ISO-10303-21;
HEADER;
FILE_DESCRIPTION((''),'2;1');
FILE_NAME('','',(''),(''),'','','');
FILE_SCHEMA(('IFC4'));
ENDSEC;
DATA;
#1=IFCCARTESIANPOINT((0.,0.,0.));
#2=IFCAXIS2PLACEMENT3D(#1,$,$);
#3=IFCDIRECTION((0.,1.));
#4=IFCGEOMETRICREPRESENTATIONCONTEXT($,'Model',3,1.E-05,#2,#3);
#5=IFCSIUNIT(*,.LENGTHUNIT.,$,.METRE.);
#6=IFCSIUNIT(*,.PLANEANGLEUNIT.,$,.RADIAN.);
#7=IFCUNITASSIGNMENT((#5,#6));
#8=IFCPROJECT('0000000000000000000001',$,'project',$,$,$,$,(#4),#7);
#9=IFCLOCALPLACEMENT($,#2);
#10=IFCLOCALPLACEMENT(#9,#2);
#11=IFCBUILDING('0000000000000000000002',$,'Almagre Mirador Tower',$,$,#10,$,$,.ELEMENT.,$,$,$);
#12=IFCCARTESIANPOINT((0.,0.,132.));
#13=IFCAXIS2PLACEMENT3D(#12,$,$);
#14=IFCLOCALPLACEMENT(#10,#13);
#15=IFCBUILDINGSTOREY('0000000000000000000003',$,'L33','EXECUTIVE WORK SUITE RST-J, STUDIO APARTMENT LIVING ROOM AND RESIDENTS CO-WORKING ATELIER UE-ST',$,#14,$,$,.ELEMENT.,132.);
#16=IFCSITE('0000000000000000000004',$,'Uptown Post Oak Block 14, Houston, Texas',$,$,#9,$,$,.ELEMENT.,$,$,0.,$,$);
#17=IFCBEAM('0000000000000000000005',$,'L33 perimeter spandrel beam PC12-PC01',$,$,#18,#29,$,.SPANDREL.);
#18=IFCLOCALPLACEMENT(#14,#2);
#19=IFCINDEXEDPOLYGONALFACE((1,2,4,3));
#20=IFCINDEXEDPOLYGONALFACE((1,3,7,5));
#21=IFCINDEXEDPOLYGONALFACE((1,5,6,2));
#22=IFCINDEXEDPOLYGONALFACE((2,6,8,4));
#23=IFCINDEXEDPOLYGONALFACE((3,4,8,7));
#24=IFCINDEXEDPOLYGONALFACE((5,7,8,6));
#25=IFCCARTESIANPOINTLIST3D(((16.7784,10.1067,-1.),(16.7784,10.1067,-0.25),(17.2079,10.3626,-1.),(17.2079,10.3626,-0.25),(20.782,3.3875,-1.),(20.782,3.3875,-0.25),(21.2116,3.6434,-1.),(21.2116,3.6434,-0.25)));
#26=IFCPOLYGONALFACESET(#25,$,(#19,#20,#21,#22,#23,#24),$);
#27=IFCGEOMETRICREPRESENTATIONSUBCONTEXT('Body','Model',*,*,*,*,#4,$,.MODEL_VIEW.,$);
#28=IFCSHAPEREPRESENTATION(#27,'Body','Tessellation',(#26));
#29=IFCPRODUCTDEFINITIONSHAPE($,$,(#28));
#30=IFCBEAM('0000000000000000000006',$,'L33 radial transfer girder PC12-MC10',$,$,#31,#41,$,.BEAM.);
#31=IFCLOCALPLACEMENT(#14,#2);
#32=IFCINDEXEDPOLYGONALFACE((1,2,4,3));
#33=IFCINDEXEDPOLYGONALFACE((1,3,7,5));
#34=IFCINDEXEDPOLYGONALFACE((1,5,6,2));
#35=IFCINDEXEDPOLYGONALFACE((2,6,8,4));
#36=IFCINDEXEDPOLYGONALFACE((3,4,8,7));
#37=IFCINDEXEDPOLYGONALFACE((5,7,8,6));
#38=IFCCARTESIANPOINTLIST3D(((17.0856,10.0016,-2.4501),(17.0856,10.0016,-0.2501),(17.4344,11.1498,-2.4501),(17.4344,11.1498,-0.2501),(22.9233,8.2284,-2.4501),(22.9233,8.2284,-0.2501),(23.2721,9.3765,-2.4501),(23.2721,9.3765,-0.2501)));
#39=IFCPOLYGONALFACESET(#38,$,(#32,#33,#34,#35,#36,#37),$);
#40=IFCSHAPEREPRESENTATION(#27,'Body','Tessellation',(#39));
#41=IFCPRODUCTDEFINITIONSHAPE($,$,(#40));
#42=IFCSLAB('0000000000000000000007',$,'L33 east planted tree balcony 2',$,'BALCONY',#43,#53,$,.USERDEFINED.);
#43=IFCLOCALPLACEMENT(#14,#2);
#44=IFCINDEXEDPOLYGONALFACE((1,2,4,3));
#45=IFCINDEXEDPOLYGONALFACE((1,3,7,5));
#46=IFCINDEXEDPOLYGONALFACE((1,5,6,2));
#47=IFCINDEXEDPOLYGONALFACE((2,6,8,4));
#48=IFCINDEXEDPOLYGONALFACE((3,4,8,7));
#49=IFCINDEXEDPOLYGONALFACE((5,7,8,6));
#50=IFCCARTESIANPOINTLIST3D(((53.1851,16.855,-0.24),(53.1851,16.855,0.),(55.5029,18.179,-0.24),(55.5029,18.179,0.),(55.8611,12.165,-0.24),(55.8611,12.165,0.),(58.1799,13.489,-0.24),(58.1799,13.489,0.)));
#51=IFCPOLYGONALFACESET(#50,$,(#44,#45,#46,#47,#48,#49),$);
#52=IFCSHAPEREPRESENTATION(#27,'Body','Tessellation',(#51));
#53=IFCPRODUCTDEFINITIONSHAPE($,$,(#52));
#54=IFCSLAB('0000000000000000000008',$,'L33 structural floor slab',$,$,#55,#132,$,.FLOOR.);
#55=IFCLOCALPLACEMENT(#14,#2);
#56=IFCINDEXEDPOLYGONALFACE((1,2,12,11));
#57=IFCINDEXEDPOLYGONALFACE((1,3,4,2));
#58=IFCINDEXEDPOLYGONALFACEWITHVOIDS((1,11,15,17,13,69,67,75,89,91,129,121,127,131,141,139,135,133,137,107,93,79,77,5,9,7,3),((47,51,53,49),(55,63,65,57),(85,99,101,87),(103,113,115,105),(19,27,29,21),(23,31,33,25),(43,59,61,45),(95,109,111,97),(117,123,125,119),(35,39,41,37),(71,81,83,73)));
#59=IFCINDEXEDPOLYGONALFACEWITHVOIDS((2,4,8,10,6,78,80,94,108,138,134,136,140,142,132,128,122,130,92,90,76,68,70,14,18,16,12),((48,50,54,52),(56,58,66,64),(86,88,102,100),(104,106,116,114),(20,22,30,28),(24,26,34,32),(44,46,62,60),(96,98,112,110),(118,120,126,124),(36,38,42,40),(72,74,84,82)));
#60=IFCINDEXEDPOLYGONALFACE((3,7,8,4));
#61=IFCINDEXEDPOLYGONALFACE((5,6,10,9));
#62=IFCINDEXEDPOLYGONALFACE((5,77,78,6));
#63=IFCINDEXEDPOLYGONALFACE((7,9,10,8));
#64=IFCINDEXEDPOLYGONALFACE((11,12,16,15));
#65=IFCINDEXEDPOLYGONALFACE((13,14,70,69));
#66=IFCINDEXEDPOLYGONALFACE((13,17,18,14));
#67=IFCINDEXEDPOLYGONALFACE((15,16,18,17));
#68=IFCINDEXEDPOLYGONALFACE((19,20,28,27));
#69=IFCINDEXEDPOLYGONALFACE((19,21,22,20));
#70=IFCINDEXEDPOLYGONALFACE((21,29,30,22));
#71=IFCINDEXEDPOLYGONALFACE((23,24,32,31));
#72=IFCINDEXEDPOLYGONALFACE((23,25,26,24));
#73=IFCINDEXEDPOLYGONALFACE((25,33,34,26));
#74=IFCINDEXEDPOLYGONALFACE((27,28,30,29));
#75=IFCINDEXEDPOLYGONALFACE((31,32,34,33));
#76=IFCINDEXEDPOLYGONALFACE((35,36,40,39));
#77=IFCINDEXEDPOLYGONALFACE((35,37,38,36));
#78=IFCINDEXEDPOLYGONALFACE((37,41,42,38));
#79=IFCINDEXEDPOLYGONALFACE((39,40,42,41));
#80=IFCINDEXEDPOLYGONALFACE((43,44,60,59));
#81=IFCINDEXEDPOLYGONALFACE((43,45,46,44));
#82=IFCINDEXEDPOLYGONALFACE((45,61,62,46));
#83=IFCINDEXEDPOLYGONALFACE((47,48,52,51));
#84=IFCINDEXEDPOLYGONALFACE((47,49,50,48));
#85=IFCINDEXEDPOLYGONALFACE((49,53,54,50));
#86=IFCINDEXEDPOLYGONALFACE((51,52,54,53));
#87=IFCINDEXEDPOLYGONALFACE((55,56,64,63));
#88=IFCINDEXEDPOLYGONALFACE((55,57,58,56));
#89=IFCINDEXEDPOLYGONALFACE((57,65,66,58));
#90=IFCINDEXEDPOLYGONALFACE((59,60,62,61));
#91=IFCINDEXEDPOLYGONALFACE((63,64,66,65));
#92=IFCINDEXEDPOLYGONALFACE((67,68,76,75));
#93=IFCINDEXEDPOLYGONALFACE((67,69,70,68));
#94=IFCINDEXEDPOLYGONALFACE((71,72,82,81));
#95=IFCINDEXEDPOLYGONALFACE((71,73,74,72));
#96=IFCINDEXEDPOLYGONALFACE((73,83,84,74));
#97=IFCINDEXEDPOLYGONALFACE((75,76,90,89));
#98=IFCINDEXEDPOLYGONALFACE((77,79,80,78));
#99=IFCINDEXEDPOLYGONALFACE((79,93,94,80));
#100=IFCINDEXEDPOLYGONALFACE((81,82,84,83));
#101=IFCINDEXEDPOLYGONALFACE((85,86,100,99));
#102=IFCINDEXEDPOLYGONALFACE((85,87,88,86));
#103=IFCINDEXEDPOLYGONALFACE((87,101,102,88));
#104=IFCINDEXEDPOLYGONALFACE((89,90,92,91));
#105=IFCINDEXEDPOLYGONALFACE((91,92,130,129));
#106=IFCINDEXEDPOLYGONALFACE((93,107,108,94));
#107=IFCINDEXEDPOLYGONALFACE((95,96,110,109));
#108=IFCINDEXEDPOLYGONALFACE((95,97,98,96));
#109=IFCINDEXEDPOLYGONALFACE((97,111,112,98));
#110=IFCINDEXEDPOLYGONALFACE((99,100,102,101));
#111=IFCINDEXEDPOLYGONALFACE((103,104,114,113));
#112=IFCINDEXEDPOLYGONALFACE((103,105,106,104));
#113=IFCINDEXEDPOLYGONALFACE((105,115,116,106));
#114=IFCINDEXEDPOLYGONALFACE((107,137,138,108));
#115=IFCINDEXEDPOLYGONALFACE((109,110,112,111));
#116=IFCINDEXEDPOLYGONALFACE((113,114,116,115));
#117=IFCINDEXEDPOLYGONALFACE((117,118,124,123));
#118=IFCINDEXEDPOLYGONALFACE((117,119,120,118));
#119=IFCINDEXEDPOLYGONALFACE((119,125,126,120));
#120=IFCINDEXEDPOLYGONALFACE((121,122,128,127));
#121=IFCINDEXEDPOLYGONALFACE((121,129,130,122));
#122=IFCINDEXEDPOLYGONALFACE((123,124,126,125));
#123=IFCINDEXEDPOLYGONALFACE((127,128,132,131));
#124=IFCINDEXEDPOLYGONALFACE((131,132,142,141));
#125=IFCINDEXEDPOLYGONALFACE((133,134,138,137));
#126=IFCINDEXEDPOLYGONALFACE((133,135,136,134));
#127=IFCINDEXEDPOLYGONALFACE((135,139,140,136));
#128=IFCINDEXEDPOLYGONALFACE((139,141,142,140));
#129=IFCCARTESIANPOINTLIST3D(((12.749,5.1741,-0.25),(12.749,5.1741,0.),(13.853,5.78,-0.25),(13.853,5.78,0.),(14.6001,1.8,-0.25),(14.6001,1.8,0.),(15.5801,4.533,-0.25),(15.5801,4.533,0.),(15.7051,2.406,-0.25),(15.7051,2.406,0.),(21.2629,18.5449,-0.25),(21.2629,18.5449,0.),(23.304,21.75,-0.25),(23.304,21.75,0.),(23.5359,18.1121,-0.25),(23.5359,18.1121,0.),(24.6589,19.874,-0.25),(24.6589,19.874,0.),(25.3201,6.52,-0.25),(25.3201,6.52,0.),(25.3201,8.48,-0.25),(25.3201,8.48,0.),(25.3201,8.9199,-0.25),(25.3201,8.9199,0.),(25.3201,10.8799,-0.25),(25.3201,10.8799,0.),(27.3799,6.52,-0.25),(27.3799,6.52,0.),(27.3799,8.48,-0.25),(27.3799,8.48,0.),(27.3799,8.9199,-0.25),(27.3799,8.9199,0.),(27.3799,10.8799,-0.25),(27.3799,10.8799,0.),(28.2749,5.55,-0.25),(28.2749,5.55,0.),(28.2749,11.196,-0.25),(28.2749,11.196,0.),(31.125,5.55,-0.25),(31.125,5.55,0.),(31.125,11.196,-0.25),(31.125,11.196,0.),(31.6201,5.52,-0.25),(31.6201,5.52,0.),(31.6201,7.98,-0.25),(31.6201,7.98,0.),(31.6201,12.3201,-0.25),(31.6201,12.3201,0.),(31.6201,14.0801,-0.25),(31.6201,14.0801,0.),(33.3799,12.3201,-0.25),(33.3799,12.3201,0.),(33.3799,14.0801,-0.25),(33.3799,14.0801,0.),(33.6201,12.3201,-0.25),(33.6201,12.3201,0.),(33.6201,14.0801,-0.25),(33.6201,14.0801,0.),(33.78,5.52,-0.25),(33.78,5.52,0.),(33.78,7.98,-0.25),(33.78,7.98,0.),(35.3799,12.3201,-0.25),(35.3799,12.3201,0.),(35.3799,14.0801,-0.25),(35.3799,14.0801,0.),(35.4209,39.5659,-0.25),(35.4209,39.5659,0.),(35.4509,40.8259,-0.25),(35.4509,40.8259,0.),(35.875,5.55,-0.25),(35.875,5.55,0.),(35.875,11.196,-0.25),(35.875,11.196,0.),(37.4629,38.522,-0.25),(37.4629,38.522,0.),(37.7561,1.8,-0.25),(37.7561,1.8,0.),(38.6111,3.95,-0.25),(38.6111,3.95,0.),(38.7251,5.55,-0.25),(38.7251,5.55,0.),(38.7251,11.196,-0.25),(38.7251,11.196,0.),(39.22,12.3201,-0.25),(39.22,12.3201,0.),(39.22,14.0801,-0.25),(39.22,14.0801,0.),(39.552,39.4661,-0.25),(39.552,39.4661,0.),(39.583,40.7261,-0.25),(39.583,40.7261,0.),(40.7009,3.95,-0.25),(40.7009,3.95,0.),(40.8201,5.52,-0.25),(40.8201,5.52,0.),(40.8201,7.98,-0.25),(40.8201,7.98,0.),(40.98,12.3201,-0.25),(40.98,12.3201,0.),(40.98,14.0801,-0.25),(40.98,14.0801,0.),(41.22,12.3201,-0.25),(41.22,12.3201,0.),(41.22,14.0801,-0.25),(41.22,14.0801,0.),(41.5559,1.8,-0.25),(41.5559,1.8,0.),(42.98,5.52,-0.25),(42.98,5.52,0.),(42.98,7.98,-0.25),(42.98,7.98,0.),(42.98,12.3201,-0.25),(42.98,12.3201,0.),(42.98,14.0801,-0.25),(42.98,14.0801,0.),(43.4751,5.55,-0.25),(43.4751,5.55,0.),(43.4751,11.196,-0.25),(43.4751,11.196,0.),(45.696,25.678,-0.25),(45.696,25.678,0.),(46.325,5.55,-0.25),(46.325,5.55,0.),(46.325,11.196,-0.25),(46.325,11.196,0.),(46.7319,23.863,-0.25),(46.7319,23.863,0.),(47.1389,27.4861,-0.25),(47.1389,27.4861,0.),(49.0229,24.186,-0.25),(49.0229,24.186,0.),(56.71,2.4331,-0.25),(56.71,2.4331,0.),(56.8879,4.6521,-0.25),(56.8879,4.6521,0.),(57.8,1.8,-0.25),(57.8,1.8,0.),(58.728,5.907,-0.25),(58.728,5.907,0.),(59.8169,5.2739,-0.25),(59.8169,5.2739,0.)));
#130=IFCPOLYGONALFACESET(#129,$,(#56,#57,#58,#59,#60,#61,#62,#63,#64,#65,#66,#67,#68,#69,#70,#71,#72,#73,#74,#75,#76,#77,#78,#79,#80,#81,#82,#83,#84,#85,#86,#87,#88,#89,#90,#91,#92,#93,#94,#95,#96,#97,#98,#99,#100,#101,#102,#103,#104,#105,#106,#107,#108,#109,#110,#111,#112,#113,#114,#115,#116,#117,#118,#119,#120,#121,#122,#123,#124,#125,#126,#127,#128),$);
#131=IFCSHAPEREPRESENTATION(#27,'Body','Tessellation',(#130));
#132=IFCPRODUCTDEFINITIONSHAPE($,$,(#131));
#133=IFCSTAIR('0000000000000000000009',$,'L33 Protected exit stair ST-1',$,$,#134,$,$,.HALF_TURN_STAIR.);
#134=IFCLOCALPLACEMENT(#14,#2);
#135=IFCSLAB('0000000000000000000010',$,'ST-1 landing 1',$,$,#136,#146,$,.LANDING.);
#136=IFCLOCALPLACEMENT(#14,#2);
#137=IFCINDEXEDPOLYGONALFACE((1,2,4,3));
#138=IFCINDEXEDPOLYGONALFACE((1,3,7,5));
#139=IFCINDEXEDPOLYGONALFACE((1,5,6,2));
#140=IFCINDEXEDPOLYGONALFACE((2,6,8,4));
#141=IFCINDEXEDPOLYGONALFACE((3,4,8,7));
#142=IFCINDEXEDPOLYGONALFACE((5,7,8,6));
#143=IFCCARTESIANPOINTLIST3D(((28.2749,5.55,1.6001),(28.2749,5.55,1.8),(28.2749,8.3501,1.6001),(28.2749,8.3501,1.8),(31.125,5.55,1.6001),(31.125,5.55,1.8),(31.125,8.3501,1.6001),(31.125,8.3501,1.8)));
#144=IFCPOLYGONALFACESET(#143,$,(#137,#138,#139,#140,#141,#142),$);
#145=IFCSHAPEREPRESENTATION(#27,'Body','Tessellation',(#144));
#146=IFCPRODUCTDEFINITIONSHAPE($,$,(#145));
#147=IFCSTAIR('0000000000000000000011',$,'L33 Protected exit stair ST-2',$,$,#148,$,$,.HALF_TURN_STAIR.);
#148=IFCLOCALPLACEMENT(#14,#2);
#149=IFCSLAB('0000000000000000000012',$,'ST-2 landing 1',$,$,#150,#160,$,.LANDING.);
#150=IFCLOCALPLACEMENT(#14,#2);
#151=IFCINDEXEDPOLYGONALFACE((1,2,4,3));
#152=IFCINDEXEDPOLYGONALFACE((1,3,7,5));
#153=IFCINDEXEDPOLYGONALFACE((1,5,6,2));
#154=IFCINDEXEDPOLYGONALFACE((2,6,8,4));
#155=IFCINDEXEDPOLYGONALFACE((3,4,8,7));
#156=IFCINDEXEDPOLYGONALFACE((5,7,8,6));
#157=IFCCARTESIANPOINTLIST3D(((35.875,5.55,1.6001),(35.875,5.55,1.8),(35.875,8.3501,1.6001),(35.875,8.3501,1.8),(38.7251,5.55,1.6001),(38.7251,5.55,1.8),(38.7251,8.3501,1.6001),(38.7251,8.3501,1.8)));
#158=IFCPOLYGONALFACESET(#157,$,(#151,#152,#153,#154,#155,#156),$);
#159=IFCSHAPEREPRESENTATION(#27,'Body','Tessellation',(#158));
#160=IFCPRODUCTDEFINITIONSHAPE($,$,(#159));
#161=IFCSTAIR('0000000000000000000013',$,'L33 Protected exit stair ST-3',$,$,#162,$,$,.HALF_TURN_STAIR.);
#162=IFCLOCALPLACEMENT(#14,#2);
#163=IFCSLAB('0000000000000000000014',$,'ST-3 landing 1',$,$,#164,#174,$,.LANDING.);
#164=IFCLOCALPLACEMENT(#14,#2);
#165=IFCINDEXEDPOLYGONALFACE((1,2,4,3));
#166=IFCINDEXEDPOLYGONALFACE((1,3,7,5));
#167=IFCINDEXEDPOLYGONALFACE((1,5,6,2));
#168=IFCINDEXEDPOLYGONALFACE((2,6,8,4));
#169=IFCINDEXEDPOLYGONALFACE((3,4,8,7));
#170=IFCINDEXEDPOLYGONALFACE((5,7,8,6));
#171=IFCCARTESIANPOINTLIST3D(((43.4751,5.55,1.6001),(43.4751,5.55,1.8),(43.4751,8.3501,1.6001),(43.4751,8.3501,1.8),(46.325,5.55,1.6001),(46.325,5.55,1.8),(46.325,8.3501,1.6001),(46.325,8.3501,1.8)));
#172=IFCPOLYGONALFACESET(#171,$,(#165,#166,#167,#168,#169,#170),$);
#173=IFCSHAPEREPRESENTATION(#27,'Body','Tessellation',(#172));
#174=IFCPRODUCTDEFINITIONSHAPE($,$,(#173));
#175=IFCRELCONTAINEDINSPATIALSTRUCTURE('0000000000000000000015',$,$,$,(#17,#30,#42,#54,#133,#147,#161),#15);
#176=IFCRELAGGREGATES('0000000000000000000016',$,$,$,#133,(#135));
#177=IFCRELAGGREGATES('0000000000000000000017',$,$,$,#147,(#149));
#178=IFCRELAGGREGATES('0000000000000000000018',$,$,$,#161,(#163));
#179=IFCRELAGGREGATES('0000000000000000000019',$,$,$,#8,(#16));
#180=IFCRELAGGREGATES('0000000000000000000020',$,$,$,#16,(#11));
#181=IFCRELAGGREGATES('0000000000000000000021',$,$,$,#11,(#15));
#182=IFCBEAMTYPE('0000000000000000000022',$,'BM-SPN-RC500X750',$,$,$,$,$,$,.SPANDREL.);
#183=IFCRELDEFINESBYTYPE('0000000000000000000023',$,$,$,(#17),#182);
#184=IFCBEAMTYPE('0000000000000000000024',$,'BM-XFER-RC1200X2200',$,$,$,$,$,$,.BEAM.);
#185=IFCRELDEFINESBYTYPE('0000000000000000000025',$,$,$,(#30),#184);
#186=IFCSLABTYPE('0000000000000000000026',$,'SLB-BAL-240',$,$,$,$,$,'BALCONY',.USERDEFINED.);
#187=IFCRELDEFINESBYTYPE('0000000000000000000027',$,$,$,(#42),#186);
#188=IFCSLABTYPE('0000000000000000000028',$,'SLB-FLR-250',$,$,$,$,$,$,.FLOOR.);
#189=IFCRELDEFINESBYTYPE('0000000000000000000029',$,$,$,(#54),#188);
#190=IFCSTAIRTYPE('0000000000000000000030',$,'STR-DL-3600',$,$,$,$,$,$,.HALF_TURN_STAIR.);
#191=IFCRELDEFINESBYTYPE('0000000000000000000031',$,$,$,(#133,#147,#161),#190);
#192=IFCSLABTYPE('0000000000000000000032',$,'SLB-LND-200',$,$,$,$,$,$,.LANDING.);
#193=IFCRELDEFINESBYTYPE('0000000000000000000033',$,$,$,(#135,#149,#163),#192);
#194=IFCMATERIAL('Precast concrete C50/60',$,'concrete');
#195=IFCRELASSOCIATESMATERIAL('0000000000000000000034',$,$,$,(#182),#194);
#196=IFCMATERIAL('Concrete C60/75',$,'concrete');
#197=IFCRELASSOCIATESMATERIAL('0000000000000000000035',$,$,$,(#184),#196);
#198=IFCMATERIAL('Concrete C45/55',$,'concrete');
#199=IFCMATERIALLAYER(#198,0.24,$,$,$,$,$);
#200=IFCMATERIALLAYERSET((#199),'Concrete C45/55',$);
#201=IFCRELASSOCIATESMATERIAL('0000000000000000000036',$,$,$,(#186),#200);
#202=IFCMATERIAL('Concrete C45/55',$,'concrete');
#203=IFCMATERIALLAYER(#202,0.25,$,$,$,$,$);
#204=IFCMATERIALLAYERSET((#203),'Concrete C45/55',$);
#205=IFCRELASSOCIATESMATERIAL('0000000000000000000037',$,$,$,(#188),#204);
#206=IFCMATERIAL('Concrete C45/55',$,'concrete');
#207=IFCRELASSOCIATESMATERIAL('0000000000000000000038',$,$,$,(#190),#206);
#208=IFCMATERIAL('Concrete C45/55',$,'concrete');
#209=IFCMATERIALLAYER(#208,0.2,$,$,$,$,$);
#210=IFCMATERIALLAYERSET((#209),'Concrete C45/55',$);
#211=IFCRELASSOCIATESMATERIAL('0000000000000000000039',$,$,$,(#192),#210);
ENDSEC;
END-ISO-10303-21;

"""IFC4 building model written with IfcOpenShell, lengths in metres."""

from ifc_helpers import new_model, si_unit, direction, frame, origin, origin_2d, place, context, subcontext, project, spatial, polyline, rectangle, outline, extrude, material, layer, layer_set, material_profile, profile_set, type_object, element, aggregate, save


model = new_model("IFC4")

# Units and contexts
model_context = context("Model", 3, precision=1e-05, world=origin(), true_north=direction((0.0, 1.0)))
body_context = subcontext(model_context, "Body", "Model", "MODEL_VIEW")
ifc_project = project(units=[si_unit("LENGTHUNIT", "METRE"), si_unit("PLANEANGLEUNIT", "RADIAN")], contexts=[model_context])

# Site, building, storey
site_placement = place(None, origin())
site = spatial("IfcSite", under=ifc_project, at=site_placement, Name="Uptown Post Oak Block 14, Houston, Texas", CompositionType="ELEMENT", RefElevation=0.0)
building_placement = place(site_placement, origin())
building = spatial("IfcBuilding", under=site, at=building_placement, Name="Almagre Mirador Tower", CompositionType="ELEMENT")
storey_placement = place(building_placement, frame((0.0, 0.0, 132.0)))
storey = spatial("IfcBuildingStorey", under=building, at=storey_placement, Name="L33", Description="EXECUTIVE WORK SUITE RST-J, STUDIO APARTMENT LIVING ROOM AND RESIDENTS CO-WORKING ATELIER UE-ST", CompositionType="ELEMENT", Elevation=132.0)

# Beams
ifc_material_1 = material(Name="Precast concrete C50/60", Category="concrete")
ifc_material_profile_1 = material_profile(ifc_material_1, rectangle(XDim=0.5, YDim=0.75, at=origin_2d()), Name="RC500X750")
ifc_profile_set_1 = profile_set([ifc_material_profile_1], Name="Precast concrete C50/60")
beam_type_1 = type_object("IfcBeamType", Name="BM-SPN-RC500X750", PredefinedType="SPANDREL", material=ifc_profile_set_1)
beam_1_placement = place(storey_placement, frame((16.9932, 10.2346, -0.625), z_axis=(0.511872, -0.859062, 0.0), x_axis=(0.859062, 0.511872, 0.0)))
element("IfcBeam", 1, at=beam_1_placement, inside=storey, type_object=beam_type_1, Name="L33 perimeter spandrel beam PC12-PC01", PredefinedType="SPANDREL", context=body_context, shape_type="SweptSolid", body=[
    extrude(rectangle(XDim=0.5, YDim=0.75, at=origin_2d()), origin(), (0.0, 0.0, 1.0), 7.8215),
])
ifc_material_2 = material(Name="Concrete C60/75", Category="concrete")
ifc_material_profile_2 = material_profile(ifc_material_2, rectangle(XDim=1.2, YDim=2.2, at=origin_2d()), Name="RC1200X2200")
ifc_profile_set_2 = profile_set([ifc_material_profile_2], Name="Concrete C60/75")
beam_type_2 = type_object("IfcBeamType", Name="BM-XFER-RC1200X2200", PredefinedType="BEAM", material=ifc_profile_set_2)
beam_2_placement = place(storey_placement, frame((17.26, 10.5757, -1.3501), z_axis=(0.956833, -0.290639, 0.0), x_axis=(0.290639, 0.956833, 0.0)))
element("IfcBeam", 2, at=beam_2_placement, inside=storey, type_object=beam_type_2, Name="L33 radial transfer girder PC12-MC10", PredefinedType="BEAM", context=body_context, shape_type="SweptSolid", body=[
    extrude(rectangle(XDim=1.2, YDim=2.2, at=origin_2d()), origin(), (0.0, 0.0, 1.0), 6.1011),
])

# Slabs
ifc_material_3 = material(Name="Concrete C45/55", Category="concrete")
ifc_layer_1 = layer(ifc_material_3, 0.24)
ifc_layer_set_1 = layer_set([ifc_layer_1], Name="Concrete C45/55")
slab_type_1 = type_object("IfcSlabType", Name="SLB-BAL-240", ElementType="BALCONY", PredefinedType="USERDEFINED", material=ifc_layer_set_1)
slab_1_placement = place(storey_placement, frame((0.0, 0.0, -0.24)))
element("IfcSlab", 3, at=slab_1_placement, inside=storey, type_object=slab_type_1, Name="L33 east planted tree balcony 2", ObjectType="BALCONY", PredefinedType="USERDEFINED", context=body_context, shape_type="SweptSolid", body=[
    extrude(outline(polyline([(55.8611, 12.165), (53.1851, 16.855), (55.5029, 18.179), (58.1799, 13.489), (55.8611, 12.165)])), origin(), (0.0, 0.0, 1.0), 0.24),
])
ifc_material_4 = material(Name="Concrete C45/55", Category="concrete")
ifc_layer_2 = layer(ifc_material_4, 0.25)
ifc_layer_set_2 = layer_set([ifc_layer_2], Name="Concrete C45/55")
slab_type_2 = type_object("IfcSlabType", Name="SLB-FLR-250", PredefinedType="FLOOR", material=ifc_layer_set_2)
slab_2_placement = place(storey_placement, frame((0.0, 0.0, -0.25)))
element("IfcSlab", 4, at=slab_2_placement, inside=storey, type_object=slab_type_2, Name="L33 structural floor slab", PredefinedType="FLOOR", context=body_context, shape_type="SweptSolid", body=[
    extrude(outline(polyline([(12.749, 5.1741), (13.853, 5.78), (15.5801, 4.533), (15.7051, 2.406), (14.6001, 1.8), (37.7561, 1.8), (38.6111, 3.95), (40.7009, 3.95), (41.5559, 1.8), (57.8, 1.8), (56.71, 2.4331), (56.8879, 4.6521), (58.728, 5.907), (59.8169, 5.2739), (49.0229, 24.186), (46.7319, 23.863), (45.696, 25.678), (47.1389, 27.4861), (39.583, 40.7261), (39.552, 39.4661), (37.4629, 38.522), (35.4209, 39.5659), (35.4509, 40.8259), (23.304, 21.75), (24.6589, 19.874), (23.5359, 18.1121), (21.2629, 18.5449), (12.749, 5.1741)]), holes=[polyline([(43.4751, 5.55), (43.4751, 11.196), (46.325, 11.196), (46.325, 5.55), (43.4751, 5.55)]), polyline([(40.8201, 5.52), (40.8201, 7.98), (42.98, 7.98), (42.98, 5.52), (40.8201, 5.52)]), polyline([(41.22, 12.3201), (41.22, 14.0801), (42.98, 14.0801), (42.98, 12.3201), (41.22, 12.3201)]), polyline([(39.22, 12.3201), (39.22, 14.0801), (40.98, 14.0801), (40.98, 12.3201), (39.22, 12.3201)]), polyline([(35.875, 11.196), (38.7251, 11.196), (38.7251, 5.55), (35.875, 5.55), (35.875, 11.196)]), polyline([(35.3799, 12.3201), (33.6201, 12.3201), (33.6201, 14.0801), (35.3799, 14.0801), (35.3799, 12.3201)]), polyline([(33.78, 5.52), (31.6201, 5.52), (31.6201, 7.98), (33.78, 7.98), (33.78, 5.52)]), polyline([(31.6201, 12.3201), (31.6201, 14.0801), (33.3799, 14.0801), (33.3799, 12.3201), (31.6201, 12.3201)]), polyline([(28.2749, 5.55), (28.2749, 11.196), (31.125, 11.196), (31.125, 5.55), (28.2749, 5.55)]), polyline([(25.3201, 8.9199), (25.3201, 10.8799), (27.3799, 10.8799), (27.3799, 8.9199), (25.3201, 8.9199)]), polyline([(27.3799, 6.52), (25.3201, 6.52), (25.3201, 8.48), (27.3799, 8.48), (27.3799, 6.52)])]), origin(), (0.0, 0.0, 1.0), 0.25),
])

# Stairs, slabs
ifc_material_5 = material(Name="Concrete C45/55", Category="concrete")
stair_type = type_object("IfcStairType", Name="STR-DL-3600", PredefinedType="HALF_TURN_STAIR", material=ifc_material_5)
stair_1_placement = place(storey_placement, origin())
stair_1 = element("IfcStair", 5, at=stair_1_placement, inside=storey, type_object=stair_type, Name="L33 Protected exit stair ST-1", PredefinedType="HALF_TURN_STAIR")
ifc_material_6 = material(Name="Concrete C45/55", Category="concrete")
ifc_layer_3 = layer(ifc_material_6, 0.2)
ifc_layer_set_3 = layer_set([ifc_layer_3], Name="Concrete C45/55")
slab_type_3 = type_object("IfcSlabType", Name="SLB-LND-200", PredefinedType="LANDING", material=ifc_layer_set_3)
slab_3_placement = place(storey_placement, frame((0.0, 0.0, 1.6001)))
slab_3 = element("IfcSlab", 6, at=slab_3_placement, type_object=slab_type_3, Name="ST-1 landing 1", PredefinedType="LANDING", context=body_context, shape_type="SweptSolid", body=[
    extrude(outline(polyline([(28.2749, 8.3501), (28.2749, 5.55), (31.125, 5.55), (31.125, 8.3501), (28.2749, 8.3501)])), origin(), (0.0, 0.0, 1.0), 0.2),
])
aggregate(stair_1, [slab_3])
stair_2_placement = place(storey_placement, origin())
stair_2 = element("IfcStair", 7, at=stair_2_placement, inside=storey, type_object=stair_type, Name="L33 Protected exit stair ST-2", PredefinedType="HALF_TURN_STAIR")
slab_4_placement = place(storey_placement, frame((0.0, 0.0, 1.6001)))
slab_4 = element("IfcSlab", 8, at=slab_4_placement, type_object=slab_type_3, Name="ST-2 landing 1", PredefinedType="LANDING", context=body_context, shape_type="SweptSolid", body=[
    extrude(outline(polyline([(35.875, 8.3501), (35.875, 5.55), (38.7251, 5.55), (38.7251, 8.3501), (35.875, 8.3501)])), origin(), (0.0, 0.0, 1.0), 0.2),
])
aggregate(stair_2, [slab_4])
stair_3_placement = place(storey_placement, origin())
stair_3 = element("IfcStair", 9, at=stair_3_placement, inside=storey, type_object=stair_type, Name="L33 Protected exit stair ST-3", PredefinedType="HALF_TURN_STAIR")
slab_5_placement = place(storey_placement, frame((0.0, 0.0, 1.6001)))
slab_5 = element("IfcSlab", 10, at=slab_5_placement, type_object=slab_type_3, Name="ST-3 landing 1", PredefinedType="LANDING", context=body_context, shape_type="SweptSolid", body=[
    extrude(outline(polyline([(43.4751, 8.3501), (43.4751, 5.55), (46.325, 5.55), (46.325, 8.3501), (43.4751, 8.3501)])), origin(), (0.0, 0.0, 1.0), 0.2),
])
aggregate(stair_3, [slab_5])

save(model, "model.ifc")
